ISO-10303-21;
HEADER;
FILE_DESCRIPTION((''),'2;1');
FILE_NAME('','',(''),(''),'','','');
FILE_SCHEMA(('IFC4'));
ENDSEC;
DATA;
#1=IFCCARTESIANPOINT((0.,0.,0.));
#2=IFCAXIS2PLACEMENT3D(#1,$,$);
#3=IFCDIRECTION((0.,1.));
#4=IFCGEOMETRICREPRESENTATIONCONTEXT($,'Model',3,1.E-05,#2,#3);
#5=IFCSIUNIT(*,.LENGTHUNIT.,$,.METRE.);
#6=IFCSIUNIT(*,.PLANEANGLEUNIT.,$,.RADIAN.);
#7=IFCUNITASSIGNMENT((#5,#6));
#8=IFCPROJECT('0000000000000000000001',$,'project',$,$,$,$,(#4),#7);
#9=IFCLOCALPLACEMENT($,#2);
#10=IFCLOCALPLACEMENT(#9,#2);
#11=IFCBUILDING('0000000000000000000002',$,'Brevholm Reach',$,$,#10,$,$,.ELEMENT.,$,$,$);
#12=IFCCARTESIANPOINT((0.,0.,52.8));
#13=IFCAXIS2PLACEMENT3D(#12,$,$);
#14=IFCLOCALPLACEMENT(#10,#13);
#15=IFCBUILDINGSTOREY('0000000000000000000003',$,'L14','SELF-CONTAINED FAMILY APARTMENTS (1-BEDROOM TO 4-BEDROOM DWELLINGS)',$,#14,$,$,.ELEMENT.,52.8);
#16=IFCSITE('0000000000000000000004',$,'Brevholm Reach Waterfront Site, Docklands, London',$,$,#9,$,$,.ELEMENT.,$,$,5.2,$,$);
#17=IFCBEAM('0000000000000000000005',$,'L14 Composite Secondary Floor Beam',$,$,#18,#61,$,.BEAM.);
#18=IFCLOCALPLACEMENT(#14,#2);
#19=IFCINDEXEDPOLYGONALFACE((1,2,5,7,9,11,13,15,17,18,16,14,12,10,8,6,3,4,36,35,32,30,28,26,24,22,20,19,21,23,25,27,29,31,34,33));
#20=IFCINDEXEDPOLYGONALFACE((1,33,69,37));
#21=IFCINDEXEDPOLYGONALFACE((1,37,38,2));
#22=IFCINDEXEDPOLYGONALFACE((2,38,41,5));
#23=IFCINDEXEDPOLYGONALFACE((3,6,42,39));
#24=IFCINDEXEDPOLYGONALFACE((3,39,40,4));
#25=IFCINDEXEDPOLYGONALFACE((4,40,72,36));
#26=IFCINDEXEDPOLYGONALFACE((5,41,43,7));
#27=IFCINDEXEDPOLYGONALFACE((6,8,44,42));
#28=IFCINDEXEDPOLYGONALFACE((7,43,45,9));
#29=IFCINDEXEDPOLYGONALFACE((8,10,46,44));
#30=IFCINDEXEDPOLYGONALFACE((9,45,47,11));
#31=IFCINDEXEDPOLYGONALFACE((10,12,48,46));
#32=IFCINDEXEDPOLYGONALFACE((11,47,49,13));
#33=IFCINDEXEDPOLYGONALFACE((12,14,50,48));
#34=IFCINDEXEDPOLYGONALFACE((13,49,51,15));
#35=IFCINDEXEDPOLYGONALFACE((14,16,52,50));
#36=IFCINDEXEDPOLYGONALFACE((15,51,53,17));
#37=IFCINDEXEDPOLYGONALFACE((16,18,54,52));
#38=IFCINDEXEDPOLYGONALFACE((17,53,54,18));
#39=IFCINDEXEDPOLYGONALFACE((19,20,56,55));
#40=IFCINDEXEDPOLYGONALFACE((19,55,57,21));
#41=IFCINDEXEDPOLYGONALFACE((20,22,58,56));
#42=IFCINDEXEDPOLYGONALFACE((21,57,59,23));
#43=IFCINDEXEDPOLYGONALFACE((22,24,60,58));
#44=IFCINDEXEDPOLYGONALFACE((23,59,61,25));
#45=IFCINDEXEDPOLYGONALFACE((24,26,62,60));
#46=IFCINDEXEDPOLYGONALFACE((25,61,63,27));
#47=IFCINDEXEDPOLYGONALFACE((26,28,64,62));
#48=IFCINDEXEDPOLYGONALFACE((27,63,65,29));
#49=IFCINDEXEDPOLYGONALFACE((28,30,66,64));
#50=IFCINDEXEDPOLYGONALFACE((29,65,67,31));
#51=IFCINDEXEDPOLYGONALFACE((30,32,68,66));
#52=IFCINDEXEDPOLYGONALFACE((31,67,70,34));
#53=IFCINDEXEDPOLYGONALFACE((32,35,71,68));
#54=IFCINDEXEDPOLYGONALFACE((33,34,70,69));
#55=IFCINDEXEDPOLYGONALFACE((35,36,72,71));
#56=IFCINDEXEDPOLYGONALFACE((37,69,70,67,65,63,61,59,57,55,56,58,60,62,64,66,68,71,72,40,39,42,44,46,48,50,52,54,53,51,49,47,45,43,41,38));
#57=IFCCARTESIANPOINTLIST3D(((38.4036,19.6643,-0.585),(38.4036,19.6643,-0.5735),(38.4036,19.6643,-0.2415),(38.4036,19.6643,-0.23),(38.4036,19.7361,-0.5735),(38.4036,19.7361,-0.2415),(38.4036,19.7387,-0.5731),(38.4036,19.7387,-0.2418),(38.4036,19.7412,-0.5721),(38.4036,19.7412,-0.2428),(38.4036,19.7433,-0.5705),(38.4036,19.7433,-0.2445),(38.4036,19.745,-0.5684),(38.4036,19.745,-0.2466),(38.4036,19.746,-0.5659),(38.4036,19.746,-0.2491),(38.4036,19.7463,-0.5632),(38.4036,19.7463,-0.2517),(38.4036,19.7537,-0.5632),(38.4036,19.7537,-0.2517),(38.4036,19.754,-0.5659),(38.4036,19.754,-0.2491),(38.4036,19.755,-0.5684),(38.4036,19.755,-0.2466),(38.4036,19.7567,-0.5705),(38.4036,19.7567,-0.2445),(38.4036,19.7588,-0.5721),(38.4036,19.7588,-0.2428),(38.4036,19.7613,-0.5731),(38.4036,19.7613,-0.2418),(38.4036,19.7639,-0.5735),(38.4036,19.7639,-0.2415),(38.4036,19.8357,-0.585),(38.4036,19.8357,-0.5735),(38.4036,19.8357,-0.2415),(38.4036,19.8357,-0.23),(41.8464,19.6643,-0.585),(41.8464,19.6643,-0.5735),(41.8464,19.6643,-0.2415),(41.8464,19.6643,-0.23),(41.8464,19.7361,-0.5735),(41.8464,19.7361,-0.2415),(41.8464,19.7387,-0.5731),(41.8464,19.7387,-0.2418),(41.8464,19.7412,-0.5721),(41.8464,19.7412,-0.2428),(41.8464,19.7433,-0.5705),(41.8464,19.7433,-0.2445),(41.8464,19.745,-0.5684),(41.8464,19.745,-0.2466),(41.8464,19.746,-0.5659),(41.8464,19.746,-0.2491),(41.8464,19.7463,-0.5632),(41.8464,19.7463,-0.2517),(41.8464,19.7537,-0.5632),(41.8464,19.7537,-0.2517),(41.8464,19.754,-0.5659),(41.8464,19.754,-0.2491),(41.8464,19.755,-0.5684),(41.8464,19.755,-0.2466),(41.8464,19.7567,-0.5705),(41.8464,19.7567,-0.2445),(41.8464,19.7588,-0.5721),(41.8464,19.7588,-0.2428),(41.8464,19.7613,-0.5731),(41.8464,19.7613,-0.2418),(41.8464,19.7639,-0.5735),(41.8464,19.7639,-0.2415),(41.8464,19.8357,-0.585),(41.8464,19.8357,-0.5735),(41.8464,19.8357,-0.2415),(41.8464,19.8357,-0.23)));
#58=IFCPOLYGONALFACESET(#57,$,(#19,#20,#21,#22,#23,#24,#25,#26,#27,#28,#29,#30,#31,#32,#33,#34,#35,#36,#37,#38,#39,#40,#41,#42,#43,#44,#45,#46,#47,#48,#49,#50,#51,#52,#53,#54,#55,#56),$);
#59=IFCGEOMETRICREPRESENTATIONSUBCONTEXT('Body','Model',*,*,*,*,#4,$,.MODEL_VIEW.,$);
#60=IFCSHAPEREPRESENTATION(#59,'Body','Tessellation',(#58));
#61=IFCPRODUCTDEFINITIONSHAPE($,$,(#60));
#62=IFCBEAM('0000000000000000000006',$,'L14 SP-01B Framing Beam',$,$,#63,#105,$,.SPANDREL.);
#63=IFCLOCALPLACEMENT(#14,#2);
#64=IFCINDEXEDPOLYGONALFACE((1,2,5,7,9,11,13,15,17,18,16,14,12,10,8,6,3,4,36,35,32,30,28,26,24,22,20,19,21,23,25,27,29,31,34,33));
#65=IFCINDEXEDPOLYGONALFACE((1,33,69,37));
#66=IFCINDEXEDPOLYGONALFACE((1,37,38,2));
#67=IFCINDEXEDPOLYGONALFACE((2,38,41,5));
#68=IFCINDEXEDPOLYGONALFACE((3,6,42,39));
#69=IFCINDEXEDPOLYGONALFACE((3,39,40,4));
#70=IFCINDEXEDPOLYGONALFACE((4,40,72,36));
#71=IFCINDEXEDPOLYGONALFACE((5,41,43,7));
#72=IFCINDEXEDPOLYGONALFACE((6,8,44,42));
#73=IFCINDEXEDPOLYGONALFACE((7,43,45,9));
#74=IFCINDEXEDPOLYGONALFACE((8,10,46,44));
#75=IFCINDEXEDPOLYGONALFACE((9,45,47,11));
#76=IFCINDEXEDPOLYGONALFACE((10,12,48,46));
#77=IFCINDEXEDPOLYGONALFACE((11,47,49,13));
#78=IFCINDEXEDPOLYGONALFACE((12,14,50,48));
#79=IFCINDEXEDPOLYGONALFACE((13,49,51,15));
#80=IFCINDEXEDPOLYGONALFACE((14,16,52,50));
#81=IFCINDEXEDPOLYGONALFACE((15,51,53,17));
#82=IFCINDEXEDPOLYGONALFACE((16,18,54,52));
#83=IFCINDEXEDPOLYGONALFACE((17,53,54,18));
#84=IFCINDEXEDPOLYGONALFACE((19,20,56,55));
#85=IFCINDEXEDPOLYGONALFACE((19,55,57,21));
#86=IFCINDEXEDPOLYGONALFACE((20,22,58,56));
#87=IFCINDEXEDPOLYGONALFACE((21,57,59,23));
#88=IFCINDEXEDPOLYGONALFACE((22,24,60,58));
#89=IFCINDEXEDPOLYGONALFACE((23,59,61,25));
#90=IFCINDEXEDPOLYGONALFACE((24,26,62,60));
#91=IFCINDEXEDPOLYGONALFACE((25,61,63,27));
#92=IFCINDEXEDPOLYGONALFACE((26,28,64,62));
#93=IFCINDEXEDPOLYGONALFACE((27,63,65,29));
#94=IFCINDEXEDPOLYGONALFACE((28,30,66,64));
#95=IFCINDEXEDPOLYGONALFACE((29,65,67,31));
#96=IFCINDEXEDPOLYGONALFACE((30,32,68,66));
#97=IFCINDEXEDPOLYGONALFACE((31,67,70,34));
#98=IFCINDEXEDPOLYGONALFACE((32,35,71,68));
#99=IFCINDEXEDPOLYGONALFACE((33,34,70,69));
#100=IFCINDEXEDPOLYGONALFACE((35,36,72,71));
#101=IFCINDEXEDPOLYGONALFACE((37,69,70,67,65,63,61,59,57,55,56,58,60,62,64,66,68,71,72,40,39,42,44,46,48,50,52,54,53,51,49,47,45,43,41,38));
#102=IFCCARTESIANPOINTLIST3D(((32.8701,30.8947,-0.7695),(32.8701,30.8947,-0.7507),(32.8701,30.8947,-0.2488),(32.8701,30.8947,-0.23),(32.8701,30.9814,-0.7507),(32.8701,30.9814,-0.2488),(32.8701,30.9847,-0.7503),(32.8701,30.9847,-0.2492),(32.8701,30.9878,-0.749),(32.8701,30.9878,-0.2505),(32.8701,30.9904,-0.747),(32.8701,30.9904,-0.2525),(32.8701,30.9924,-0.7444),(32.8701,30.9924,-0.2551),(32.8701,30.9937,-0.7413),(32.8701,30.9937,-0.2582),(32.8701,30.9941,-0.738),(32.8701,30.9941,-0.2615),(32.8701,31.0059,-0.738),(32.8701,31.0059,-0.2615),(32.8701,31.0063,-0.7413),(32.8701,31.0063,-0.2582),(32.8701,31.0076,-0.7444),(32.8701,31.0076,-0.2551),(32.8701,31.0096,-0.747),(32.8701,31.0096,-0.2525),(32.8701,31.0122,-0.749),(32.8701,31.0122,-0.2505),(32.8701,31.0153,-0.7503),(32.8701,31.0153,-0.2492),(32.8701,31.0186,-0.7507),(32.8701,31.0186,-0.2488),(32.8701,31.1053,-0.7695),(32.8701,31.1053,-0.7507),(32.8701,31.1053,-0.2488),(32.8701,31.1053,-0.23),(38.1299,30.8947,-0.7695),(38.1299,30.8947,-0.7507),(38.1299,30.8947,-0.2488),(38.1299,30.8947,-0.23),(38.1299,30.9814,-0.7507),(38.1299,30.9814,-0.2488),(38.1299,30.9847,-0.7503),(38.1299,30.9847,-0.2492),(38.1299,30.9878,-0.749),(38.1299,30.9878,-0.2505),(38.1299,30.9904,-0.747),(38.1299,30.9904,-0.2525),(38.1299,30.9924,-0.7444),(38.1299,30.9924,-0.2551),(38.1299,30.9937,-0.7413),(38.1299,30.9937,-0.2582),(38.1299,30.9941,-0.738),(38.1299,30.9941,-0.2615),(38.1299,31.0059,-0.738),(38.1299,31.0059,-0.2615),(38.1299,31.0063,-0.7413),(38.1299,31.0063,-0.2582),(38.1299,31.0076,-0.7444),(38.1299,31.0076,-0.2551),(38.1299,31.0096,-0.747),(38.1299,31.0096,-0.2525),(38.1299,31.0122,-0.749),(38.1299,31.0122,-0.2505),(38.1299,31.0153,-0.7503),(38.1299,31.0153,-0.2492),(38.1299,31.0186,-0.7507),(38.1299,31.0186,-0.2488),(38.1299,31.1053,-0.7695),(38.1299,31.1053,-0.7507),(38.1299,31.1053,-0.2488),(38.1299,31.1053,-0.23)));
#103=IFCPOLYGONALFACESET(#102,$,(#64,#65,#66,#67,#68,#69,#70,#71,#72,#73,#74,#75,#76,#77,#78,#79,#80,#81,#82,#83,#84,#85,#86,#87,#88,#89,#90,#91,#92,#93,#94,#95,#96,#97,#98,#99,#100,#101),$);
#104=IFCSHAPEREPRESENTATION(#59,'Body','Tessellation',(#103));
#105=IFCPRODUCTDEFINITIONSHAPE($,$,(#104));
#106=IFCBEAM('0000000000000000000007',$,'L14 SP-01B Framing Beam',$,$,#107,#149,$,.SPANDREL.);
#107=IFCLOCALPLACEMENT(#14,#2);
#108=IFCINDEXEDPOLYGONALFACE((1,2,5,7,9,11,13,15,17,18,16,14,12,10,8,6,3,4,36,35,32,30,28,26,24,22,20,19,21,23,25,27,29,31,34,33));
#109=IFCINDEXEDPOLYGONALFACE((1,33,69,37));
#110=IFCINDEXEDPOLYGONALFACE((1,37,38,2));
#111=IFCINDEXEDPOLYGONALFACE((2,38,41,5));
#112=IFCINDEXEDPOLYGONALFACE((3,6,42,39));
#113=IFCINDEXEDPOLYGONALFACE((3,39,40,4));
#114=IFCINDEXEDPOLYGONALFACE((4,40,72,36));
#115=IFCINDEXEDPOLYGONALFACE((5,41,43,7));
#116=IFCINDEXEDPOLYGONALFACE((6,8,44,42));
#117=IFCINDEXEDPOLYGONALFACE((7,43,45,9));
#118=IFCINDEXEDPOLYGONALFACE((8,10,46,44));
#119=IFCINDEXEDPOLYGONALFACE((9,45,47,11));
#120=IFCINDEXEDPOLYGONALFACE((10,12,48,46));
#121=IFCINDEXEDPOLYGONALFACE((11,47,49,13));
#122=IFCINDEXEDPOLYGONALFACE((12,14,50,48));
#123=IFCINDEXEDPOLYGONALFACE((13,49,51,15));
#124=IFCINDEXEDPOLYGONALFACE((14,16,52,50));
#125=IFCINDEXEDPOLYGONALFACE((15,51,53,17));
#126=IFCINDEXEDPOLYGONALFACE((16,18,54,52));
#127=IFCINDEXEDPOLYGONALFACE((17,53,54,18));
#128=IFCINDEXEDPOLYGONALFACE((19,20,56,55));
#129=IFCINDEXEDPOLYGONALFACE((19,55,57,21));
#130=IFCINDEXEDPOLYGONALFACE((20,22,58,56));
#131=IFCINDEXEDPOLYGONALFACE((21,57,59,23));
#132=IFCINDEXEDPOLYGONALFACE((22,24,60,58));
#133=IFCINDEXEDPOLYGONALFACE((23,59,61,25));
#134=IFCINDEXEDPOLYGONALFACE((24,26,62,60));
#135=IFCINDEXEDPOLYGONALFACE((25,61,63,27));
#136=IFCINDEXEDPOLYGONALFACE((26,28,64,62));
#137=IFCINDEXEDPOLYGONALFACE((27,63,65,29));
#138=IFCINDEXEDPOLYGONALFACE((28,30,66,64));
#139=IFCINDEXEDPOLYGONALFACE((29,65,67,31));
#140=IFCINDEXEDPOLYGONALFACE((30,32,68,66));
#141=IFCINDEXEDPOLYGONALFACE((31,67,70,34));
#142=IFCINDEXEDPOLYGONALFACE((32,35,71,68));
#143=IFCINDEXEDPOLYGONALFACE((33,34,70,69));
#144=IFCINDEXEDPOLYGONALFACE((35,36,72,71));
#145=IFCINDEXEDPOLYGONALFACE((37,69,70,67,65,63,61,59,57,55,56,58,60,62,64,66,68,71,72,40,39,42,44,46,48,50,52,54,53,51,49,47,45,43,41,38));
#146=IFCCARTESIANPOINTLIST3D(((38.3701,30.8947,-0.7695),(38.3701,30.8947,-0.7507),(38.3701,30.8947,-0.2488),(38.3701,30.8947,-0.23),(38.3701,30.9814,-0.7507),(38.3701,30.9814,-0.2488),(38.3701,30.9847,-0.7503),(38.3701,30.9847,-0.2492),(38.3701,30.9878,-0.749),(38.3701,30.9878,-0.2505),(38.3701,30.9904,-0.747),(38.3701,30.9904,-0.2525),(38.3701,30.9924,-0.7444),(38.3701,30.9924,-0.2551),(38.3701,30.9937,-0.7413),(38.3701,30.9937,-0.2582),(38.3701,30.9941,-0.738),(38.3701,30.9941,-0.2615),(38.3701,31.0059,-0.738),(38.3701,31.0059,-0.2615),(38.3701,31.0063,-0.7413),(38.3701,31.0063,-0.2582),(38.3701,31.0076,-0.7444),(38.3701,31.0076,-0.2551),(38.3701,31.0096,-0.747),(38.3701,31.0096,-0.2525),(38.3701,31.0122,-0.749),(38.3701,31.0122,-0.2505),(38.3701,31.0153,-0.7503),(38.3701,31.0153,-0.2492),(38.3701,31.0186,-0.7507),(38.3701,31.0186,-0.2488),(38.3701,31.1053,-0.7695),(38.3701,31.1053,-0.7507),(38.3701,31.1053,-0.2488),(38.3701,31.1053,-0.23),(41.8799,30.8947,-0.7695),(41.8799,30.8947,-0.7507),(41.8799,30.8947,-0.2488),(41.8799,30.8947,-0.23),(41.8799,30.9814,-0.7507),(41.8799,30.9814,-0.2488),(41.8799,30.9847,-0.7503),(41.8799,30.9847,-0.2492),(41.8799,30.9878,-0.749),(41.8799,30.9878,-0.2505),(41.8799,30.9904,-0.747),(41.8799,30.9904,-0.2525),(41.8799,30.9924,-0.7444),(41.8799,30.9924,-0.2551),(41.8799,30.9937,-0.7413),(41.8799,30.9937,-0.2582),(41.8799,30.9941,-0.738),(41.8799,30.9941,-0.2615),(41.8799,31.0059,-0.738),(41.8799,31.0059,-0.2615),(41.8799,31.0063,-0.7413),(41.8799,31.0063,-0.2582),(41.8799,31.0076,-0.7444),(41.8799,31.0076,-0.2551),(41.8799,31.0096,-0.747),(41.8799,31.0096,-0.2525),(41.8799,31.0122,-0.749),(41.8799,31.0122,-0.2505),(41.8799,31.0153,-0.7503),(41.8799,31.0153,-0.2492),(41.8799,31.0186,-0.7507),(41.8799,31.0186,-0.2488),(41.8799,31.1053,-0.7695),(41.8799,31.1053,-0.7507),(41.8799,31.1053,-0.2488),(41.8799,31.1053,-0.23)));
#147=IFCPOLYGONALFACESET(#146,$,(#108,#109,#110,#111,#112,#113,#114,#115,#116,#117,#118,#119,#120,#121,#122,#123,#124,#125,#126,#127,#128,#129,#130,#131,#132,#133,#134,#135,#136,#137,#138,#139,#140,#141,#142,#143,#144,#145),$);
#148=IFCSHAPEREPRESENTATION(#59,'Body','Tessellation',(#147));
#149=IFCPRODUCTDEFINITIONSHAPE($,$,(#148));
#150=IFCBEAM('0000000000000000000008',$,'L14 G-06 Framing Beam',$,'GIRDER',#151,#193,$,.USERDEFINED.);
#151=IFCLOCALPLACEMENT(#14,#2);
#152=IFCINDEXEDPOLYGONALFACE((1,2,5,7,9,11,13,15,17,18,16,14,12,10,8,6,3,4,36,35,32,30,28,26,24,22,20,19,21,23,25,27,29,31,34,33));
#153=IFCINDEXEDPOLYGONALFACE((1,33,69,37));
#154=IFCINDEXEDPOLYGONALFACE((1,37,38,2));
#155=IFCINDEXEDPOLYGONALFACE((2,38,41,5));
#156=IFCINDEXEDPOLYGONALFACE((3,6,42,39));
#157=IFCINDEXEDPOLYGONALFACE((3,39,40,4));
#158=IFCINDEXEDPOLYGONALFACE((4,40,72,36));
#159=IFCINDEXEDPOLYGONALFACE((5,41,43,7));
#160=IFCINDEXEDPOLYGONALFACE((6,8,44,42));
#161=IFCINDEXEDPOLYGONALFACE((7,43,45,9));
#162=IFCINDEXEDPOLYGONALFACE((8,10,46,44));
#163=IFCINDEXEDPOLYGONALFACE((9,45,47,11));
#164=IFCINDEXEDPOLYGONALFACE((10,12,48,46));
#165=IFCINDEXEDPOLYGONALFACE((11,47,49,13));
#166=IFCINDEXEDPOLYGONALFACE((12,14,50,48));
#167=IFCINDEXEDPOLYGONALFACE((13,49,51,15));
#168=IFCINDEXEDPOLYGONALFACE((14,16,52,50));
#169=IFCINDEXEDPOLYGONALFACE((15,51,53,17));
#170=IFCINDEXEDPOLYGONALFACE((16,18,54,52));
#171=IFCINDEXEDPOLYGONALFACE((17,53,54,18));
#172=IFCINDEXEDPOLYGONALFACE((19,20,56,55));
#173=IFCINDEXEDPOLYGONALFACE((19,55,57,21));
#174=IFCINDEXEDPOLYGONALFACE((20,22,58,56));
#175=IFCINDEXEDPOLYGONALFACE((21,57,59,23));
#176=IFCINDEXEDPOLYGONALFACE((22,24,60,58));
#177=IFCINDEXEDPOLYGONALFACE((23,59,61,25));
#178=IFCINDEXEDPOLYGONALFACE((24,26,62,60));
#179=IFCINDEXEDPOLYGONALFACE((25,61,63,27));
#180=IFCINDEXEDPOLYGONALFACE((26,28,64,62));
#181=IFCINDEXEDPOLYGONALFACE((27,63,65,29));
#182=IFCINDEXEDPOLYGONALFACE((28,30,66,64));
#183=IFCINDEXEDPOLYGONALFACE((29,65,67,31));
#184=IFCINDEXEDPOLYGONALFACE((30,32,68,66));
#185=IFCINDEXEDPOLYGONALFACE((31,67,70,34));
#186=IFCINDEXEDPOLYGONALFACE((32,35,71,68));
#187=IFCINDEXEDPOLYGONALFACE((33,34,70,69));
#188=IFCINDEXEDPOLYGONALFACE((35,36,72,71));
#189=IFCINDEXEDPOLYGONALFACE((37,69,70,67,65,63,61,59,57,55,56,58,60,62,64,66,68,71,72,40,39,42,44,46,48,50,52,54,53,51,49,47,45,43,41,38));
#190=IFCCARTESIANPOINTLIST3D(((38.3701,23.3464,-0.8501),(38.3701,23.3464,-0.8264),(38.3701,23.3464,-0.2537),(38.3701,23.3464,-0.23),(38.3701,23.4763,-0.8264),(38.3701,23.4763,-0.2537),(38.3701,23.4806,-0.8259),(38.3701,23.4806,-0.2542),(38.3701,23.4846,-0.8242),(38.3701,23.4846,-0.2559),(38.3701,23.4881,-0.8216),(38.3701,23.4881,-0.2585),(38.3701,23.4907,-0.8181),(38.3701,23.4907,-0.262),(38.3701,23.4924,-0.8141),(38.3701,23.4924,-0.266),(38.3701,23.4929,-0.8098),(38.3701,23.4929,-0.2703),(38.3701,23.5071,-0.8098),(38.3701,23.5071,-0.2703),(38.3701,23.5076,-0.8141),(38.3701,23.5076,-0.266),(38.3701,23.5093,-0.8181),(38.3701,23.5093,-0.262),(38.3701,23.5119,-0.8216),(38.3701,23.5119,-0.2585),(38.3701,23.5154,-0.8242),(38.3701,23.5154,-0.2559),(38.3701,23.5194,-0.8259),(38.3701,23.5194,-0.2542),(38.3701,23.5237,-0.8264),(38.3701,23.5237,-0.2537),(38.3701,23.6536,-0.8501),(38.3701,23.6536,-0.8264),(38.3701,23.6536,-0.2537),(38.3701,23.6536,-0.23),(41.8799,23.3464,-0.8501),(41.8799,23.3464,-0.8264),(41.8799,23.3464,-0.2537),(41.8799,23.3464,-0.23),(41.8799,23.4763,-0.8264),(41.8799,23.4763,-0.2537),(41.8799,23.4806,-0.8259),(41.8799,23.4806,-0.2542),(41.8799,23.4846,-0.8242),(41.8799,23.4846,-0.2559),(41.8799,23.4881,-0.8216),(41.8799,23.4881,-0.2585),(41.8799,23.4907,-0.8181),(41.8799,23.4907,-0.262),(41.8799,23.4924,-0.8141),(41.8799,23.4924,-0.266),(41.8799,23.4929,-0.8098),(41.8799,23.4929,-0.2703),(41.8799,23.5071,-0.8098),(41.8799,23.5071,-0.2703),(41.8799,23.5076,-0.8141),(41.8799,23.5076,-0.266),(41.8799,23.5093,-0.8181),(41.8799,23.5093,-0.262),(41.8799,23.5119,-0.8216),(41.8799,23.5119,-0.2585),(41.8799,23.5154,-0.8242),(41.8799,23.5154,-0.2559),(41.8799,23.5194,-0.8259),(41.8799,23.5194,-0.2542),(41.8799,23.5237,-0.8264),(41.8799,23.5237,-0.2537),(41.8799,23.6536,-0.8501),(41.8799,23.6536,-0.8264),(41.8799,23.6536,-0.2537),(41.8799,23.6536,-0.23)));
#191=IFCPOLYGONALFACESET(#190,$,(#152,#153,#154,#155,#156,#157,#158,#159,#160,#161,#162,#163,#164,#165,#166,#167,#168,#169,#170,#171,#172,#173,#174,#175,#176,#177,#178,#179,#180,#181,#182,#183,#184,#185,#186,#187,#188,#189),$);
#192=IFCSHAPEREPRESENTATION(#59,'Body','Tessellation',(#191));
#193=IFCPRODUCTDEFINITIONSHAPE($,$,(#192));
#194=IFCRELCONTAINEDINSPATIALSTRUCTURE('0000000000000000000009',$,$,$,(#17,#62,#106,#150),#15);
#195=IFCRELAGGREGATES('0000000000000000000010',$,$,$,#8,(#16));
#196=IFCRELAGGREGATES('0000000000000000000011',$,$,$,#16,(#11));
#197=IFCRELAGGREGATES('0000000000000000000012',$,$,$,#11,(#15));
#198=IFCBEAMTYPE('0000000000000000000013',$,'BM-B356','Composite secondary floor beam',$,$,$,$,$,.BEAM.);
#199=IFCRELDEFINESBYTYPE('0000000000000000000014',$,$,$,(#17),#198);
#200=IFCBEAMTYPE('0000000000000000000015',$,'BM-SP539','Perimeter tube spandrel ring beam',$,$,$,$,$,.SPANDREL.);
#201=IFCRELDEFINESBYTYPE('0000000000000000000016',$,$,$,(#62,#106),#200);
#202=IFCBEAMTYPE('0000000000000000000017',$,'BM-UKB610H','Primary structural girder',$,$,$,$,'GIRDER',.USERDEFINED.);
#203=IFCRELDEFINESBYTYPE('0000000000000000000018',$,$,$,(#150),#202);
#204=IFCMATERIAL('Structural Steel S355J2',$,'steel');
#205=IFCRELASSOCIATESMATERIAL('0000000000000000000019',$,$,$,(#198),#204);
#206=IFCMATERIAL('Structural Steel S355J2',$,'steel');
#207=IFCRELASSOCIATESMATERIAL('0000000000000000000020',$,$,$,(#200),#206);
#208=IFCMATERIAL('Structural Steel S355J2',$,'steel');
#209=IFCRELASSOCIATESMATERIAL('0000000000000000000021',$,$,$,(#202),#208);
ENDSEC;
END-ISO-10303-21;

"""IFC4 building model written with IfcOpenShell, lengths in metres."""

from ifc_helpers import new_model, si_unit, direction, frame, origin, origin_2d, place, context, subcontext, project, spatial, i_section, extrude, material, material_profile, profile_set, type_object, element, save


model = new_model("IFC4")

# Units and contexts
model_context = context("Model", 3, precision=1e-05, world=origin(), true_north=direction((0.0, 1.0)))
body_context = subcontext(model_context, "Body", "Model", "MODEL_VIEW")
ifc_project = project(units=[si_unit("LENGTHUNIT", "METRE"), si_unit("PLANEANGLEUNIT", "RADIAN")], contexts=[model_context])

# Site, building, storey
site_placement = place(None, origin())
site = spatial("IfcSite", under=ifc_project, at=site_placement, Name="Brevholm Reach Waterfront Site, Docklands, London", CompositionType="ELEMENT", RefElevation=5.2)
building_placement = place(site_placement, origin())
building = spatial("IfcBuilding", under=site, at=building_placement, Name="Brevholm Reach", CompositionType="ELEMENT")
storey_placement = place(building_placement, frame((0.0, 0.0, 52.8)))
storey = spatial("IfcBuildingStorey", under=building, at=storey_placement, Name="L14", Description="SELF-CONTAINED FAMILY APARTMENTS (1-BEDROOM TO 4-BEDROOM DWELLINGS)", CompositionType="ELEMENT", Elevation=52.8)

# Beams
ifc_material_1 = material(Name="Structural Steel S355J2", Category="steel")
ifc_material_profile_1 = material_profile(ifc_material_1, i_section(OverallWidth=0.1714, OverallDepth=0.355, WebThickness=0.0073, FlangeThickness=0.0115, FilletRadius=0.0103, at=origin_2d()), Name="UKB 356x171x51")
ifc_profile_set_1 = profile_set([ifc_material_profile_1], Name="Structural Steel S355J2")
beam_type_1 = type_object("IfcBeamType", Name="BM-B356", Description="Composite secondary floor beam", PredefinedType="BEAM", material=ifc_profile_set_1)
beam_1_placement = place(storey_placement, frame((38.4036, 19.75, -0.4075), z_axis=(1.0, 0.0, 0.0), x_axis=(0.0, 1.0, 0.0)))
element("IfcBeam", 1, at=beam_1_placement, inside=storey, type_object=beam_type_1, Name="L14 Composite Secondary Floor Beam", PredefinedType="BEAM", context=body_context, shape_type="SweptSolid", body=[
    extrude(i_section(OverallWidth=0.1714, OverallDepth=0.355, WebThickness=0.0073, FlangeThickness=0.0115, FilletRadius=0.0103, at=origin_2d()), origin(), (0.0, 0.0, 1.0), 3.4429),
])
ifc_material_2 = material(Name="Structural Steel S355J2", Category="steel")
ifc_material_profile_2 = material_profile(ifc_material_2, i_section(OverallWidth=0.2107, OverallDepth=0.5396, WebThickness=0.0117, FlangeThickness=0.0188, FilletRadius=0.0127, at=origin_2d()), Name="UKB 533x210x109")
ifc_profile_set_2 = profile_set([ifc_material_profile_2], Name="Structural Steel S355J2")
beam_type_2 = type_object("IfcBeamType", Name="BM-SP539", Description="Perimeter tube spandrel ring beam", PredefinedType="SPANDREL", material=ifc_profile_set_2)
beam_2_placement = place(storey_placement, frame((32.8701, 31.0, -0.4998), z_axis=(1.0, 0.0, 0.0), x_axis=(0.0, 1.0, 0.0)))
element("IfcBeam", 2, at=beam_2_placement, inside=storey, type_object=beam_type_2, Name="L14 SP-01B Framing Beam", PredefinedType="SPANDREL", context=body_context, shape_type="SweptSolid", body=[
    extrude(i_section(OverallWidth=0.2107, OverallDepth=0.5396, WebThickness=0.0117, FlangeThickness=0.0188, FilletRadius=0.0127, at=origin_2d()), origin(), (0.0, 0.0, 1.0), 5.2598),
])
beam_3_placement = place(storey_placement, frame((38.3701, 31.0, -0.4998), z_axis=(1.0, 0.0, 0.0), x_axis=(0.0, 1.0, 0.0)))
element("IfcBeam", 3, at=beam_3_placement, inside=storey, type_object=beam_type_2, Name="L14 SP-01B Framing Beam", PredefinedType="SPANDREL", context=body_context, shape_type="SweptSolid", body=[
    extrude(i_section(OverallWidth=0.2107, OverallDepth=0.5396, WebThickness=0.0117, FlangeThickness=0.0188, FilletRadius=0.0127, at=origin_2d()), origin(), (0.0, 0.0, 1.0), 3.5098),
])
ifc_material_3 = material(Name="Structural Steel S355J2", Category="steel")
ifc_material_profile_3 = material_profile(ifc_material_3, i_section(OverallWidth=0.3071, OverallDepth=0.6201, WebThickness=0.0142, FlangeThickness=0.0237, FilletRadius=0.0166, at=origin_2d()), Name="UKB 610x305x179")
ifc_profile_set_3 = profile_set([ifc_material_profile_3], Name="Structural Steel S355J2")
beam_type_3 = type_object("IfcBeamType", Name="BM-UKB610H", Description="Primary structural girder", ElementType="GIRDER", PredefinedType="USERDEFINED", material=ifc_profile_set_3)
for number, where, z_axis, x_axis, name in (
    (4, (38.3701, 23.5, -0.54), (1.0, 0.0, 0.0), (0.0, 1.0, 0.0), "L14 G-06 Framing Beam"),
):
    element("IfcBeam", number, at=place(storey_placement, frame(where, z_axis=z_axis, x_axis=x_axis)), inside=storey, type_object=beam_type_3, Name=name, ObjectType="GIRDER", PredefinedType="USERDEFINED", context=body_context, shape_type="SweptSolid", body=[
        extrude(i_section(OverallWidth=0.3071, OverallDepth=0.6201, WebThickness=0.0142, FlangeThickness=0.0237, FilletRadius=0.0166, at=origin_2d()), origin(), (0.0, 0.0, 1.0), 3.5098),
    ])

save(model, "model.ifc")
